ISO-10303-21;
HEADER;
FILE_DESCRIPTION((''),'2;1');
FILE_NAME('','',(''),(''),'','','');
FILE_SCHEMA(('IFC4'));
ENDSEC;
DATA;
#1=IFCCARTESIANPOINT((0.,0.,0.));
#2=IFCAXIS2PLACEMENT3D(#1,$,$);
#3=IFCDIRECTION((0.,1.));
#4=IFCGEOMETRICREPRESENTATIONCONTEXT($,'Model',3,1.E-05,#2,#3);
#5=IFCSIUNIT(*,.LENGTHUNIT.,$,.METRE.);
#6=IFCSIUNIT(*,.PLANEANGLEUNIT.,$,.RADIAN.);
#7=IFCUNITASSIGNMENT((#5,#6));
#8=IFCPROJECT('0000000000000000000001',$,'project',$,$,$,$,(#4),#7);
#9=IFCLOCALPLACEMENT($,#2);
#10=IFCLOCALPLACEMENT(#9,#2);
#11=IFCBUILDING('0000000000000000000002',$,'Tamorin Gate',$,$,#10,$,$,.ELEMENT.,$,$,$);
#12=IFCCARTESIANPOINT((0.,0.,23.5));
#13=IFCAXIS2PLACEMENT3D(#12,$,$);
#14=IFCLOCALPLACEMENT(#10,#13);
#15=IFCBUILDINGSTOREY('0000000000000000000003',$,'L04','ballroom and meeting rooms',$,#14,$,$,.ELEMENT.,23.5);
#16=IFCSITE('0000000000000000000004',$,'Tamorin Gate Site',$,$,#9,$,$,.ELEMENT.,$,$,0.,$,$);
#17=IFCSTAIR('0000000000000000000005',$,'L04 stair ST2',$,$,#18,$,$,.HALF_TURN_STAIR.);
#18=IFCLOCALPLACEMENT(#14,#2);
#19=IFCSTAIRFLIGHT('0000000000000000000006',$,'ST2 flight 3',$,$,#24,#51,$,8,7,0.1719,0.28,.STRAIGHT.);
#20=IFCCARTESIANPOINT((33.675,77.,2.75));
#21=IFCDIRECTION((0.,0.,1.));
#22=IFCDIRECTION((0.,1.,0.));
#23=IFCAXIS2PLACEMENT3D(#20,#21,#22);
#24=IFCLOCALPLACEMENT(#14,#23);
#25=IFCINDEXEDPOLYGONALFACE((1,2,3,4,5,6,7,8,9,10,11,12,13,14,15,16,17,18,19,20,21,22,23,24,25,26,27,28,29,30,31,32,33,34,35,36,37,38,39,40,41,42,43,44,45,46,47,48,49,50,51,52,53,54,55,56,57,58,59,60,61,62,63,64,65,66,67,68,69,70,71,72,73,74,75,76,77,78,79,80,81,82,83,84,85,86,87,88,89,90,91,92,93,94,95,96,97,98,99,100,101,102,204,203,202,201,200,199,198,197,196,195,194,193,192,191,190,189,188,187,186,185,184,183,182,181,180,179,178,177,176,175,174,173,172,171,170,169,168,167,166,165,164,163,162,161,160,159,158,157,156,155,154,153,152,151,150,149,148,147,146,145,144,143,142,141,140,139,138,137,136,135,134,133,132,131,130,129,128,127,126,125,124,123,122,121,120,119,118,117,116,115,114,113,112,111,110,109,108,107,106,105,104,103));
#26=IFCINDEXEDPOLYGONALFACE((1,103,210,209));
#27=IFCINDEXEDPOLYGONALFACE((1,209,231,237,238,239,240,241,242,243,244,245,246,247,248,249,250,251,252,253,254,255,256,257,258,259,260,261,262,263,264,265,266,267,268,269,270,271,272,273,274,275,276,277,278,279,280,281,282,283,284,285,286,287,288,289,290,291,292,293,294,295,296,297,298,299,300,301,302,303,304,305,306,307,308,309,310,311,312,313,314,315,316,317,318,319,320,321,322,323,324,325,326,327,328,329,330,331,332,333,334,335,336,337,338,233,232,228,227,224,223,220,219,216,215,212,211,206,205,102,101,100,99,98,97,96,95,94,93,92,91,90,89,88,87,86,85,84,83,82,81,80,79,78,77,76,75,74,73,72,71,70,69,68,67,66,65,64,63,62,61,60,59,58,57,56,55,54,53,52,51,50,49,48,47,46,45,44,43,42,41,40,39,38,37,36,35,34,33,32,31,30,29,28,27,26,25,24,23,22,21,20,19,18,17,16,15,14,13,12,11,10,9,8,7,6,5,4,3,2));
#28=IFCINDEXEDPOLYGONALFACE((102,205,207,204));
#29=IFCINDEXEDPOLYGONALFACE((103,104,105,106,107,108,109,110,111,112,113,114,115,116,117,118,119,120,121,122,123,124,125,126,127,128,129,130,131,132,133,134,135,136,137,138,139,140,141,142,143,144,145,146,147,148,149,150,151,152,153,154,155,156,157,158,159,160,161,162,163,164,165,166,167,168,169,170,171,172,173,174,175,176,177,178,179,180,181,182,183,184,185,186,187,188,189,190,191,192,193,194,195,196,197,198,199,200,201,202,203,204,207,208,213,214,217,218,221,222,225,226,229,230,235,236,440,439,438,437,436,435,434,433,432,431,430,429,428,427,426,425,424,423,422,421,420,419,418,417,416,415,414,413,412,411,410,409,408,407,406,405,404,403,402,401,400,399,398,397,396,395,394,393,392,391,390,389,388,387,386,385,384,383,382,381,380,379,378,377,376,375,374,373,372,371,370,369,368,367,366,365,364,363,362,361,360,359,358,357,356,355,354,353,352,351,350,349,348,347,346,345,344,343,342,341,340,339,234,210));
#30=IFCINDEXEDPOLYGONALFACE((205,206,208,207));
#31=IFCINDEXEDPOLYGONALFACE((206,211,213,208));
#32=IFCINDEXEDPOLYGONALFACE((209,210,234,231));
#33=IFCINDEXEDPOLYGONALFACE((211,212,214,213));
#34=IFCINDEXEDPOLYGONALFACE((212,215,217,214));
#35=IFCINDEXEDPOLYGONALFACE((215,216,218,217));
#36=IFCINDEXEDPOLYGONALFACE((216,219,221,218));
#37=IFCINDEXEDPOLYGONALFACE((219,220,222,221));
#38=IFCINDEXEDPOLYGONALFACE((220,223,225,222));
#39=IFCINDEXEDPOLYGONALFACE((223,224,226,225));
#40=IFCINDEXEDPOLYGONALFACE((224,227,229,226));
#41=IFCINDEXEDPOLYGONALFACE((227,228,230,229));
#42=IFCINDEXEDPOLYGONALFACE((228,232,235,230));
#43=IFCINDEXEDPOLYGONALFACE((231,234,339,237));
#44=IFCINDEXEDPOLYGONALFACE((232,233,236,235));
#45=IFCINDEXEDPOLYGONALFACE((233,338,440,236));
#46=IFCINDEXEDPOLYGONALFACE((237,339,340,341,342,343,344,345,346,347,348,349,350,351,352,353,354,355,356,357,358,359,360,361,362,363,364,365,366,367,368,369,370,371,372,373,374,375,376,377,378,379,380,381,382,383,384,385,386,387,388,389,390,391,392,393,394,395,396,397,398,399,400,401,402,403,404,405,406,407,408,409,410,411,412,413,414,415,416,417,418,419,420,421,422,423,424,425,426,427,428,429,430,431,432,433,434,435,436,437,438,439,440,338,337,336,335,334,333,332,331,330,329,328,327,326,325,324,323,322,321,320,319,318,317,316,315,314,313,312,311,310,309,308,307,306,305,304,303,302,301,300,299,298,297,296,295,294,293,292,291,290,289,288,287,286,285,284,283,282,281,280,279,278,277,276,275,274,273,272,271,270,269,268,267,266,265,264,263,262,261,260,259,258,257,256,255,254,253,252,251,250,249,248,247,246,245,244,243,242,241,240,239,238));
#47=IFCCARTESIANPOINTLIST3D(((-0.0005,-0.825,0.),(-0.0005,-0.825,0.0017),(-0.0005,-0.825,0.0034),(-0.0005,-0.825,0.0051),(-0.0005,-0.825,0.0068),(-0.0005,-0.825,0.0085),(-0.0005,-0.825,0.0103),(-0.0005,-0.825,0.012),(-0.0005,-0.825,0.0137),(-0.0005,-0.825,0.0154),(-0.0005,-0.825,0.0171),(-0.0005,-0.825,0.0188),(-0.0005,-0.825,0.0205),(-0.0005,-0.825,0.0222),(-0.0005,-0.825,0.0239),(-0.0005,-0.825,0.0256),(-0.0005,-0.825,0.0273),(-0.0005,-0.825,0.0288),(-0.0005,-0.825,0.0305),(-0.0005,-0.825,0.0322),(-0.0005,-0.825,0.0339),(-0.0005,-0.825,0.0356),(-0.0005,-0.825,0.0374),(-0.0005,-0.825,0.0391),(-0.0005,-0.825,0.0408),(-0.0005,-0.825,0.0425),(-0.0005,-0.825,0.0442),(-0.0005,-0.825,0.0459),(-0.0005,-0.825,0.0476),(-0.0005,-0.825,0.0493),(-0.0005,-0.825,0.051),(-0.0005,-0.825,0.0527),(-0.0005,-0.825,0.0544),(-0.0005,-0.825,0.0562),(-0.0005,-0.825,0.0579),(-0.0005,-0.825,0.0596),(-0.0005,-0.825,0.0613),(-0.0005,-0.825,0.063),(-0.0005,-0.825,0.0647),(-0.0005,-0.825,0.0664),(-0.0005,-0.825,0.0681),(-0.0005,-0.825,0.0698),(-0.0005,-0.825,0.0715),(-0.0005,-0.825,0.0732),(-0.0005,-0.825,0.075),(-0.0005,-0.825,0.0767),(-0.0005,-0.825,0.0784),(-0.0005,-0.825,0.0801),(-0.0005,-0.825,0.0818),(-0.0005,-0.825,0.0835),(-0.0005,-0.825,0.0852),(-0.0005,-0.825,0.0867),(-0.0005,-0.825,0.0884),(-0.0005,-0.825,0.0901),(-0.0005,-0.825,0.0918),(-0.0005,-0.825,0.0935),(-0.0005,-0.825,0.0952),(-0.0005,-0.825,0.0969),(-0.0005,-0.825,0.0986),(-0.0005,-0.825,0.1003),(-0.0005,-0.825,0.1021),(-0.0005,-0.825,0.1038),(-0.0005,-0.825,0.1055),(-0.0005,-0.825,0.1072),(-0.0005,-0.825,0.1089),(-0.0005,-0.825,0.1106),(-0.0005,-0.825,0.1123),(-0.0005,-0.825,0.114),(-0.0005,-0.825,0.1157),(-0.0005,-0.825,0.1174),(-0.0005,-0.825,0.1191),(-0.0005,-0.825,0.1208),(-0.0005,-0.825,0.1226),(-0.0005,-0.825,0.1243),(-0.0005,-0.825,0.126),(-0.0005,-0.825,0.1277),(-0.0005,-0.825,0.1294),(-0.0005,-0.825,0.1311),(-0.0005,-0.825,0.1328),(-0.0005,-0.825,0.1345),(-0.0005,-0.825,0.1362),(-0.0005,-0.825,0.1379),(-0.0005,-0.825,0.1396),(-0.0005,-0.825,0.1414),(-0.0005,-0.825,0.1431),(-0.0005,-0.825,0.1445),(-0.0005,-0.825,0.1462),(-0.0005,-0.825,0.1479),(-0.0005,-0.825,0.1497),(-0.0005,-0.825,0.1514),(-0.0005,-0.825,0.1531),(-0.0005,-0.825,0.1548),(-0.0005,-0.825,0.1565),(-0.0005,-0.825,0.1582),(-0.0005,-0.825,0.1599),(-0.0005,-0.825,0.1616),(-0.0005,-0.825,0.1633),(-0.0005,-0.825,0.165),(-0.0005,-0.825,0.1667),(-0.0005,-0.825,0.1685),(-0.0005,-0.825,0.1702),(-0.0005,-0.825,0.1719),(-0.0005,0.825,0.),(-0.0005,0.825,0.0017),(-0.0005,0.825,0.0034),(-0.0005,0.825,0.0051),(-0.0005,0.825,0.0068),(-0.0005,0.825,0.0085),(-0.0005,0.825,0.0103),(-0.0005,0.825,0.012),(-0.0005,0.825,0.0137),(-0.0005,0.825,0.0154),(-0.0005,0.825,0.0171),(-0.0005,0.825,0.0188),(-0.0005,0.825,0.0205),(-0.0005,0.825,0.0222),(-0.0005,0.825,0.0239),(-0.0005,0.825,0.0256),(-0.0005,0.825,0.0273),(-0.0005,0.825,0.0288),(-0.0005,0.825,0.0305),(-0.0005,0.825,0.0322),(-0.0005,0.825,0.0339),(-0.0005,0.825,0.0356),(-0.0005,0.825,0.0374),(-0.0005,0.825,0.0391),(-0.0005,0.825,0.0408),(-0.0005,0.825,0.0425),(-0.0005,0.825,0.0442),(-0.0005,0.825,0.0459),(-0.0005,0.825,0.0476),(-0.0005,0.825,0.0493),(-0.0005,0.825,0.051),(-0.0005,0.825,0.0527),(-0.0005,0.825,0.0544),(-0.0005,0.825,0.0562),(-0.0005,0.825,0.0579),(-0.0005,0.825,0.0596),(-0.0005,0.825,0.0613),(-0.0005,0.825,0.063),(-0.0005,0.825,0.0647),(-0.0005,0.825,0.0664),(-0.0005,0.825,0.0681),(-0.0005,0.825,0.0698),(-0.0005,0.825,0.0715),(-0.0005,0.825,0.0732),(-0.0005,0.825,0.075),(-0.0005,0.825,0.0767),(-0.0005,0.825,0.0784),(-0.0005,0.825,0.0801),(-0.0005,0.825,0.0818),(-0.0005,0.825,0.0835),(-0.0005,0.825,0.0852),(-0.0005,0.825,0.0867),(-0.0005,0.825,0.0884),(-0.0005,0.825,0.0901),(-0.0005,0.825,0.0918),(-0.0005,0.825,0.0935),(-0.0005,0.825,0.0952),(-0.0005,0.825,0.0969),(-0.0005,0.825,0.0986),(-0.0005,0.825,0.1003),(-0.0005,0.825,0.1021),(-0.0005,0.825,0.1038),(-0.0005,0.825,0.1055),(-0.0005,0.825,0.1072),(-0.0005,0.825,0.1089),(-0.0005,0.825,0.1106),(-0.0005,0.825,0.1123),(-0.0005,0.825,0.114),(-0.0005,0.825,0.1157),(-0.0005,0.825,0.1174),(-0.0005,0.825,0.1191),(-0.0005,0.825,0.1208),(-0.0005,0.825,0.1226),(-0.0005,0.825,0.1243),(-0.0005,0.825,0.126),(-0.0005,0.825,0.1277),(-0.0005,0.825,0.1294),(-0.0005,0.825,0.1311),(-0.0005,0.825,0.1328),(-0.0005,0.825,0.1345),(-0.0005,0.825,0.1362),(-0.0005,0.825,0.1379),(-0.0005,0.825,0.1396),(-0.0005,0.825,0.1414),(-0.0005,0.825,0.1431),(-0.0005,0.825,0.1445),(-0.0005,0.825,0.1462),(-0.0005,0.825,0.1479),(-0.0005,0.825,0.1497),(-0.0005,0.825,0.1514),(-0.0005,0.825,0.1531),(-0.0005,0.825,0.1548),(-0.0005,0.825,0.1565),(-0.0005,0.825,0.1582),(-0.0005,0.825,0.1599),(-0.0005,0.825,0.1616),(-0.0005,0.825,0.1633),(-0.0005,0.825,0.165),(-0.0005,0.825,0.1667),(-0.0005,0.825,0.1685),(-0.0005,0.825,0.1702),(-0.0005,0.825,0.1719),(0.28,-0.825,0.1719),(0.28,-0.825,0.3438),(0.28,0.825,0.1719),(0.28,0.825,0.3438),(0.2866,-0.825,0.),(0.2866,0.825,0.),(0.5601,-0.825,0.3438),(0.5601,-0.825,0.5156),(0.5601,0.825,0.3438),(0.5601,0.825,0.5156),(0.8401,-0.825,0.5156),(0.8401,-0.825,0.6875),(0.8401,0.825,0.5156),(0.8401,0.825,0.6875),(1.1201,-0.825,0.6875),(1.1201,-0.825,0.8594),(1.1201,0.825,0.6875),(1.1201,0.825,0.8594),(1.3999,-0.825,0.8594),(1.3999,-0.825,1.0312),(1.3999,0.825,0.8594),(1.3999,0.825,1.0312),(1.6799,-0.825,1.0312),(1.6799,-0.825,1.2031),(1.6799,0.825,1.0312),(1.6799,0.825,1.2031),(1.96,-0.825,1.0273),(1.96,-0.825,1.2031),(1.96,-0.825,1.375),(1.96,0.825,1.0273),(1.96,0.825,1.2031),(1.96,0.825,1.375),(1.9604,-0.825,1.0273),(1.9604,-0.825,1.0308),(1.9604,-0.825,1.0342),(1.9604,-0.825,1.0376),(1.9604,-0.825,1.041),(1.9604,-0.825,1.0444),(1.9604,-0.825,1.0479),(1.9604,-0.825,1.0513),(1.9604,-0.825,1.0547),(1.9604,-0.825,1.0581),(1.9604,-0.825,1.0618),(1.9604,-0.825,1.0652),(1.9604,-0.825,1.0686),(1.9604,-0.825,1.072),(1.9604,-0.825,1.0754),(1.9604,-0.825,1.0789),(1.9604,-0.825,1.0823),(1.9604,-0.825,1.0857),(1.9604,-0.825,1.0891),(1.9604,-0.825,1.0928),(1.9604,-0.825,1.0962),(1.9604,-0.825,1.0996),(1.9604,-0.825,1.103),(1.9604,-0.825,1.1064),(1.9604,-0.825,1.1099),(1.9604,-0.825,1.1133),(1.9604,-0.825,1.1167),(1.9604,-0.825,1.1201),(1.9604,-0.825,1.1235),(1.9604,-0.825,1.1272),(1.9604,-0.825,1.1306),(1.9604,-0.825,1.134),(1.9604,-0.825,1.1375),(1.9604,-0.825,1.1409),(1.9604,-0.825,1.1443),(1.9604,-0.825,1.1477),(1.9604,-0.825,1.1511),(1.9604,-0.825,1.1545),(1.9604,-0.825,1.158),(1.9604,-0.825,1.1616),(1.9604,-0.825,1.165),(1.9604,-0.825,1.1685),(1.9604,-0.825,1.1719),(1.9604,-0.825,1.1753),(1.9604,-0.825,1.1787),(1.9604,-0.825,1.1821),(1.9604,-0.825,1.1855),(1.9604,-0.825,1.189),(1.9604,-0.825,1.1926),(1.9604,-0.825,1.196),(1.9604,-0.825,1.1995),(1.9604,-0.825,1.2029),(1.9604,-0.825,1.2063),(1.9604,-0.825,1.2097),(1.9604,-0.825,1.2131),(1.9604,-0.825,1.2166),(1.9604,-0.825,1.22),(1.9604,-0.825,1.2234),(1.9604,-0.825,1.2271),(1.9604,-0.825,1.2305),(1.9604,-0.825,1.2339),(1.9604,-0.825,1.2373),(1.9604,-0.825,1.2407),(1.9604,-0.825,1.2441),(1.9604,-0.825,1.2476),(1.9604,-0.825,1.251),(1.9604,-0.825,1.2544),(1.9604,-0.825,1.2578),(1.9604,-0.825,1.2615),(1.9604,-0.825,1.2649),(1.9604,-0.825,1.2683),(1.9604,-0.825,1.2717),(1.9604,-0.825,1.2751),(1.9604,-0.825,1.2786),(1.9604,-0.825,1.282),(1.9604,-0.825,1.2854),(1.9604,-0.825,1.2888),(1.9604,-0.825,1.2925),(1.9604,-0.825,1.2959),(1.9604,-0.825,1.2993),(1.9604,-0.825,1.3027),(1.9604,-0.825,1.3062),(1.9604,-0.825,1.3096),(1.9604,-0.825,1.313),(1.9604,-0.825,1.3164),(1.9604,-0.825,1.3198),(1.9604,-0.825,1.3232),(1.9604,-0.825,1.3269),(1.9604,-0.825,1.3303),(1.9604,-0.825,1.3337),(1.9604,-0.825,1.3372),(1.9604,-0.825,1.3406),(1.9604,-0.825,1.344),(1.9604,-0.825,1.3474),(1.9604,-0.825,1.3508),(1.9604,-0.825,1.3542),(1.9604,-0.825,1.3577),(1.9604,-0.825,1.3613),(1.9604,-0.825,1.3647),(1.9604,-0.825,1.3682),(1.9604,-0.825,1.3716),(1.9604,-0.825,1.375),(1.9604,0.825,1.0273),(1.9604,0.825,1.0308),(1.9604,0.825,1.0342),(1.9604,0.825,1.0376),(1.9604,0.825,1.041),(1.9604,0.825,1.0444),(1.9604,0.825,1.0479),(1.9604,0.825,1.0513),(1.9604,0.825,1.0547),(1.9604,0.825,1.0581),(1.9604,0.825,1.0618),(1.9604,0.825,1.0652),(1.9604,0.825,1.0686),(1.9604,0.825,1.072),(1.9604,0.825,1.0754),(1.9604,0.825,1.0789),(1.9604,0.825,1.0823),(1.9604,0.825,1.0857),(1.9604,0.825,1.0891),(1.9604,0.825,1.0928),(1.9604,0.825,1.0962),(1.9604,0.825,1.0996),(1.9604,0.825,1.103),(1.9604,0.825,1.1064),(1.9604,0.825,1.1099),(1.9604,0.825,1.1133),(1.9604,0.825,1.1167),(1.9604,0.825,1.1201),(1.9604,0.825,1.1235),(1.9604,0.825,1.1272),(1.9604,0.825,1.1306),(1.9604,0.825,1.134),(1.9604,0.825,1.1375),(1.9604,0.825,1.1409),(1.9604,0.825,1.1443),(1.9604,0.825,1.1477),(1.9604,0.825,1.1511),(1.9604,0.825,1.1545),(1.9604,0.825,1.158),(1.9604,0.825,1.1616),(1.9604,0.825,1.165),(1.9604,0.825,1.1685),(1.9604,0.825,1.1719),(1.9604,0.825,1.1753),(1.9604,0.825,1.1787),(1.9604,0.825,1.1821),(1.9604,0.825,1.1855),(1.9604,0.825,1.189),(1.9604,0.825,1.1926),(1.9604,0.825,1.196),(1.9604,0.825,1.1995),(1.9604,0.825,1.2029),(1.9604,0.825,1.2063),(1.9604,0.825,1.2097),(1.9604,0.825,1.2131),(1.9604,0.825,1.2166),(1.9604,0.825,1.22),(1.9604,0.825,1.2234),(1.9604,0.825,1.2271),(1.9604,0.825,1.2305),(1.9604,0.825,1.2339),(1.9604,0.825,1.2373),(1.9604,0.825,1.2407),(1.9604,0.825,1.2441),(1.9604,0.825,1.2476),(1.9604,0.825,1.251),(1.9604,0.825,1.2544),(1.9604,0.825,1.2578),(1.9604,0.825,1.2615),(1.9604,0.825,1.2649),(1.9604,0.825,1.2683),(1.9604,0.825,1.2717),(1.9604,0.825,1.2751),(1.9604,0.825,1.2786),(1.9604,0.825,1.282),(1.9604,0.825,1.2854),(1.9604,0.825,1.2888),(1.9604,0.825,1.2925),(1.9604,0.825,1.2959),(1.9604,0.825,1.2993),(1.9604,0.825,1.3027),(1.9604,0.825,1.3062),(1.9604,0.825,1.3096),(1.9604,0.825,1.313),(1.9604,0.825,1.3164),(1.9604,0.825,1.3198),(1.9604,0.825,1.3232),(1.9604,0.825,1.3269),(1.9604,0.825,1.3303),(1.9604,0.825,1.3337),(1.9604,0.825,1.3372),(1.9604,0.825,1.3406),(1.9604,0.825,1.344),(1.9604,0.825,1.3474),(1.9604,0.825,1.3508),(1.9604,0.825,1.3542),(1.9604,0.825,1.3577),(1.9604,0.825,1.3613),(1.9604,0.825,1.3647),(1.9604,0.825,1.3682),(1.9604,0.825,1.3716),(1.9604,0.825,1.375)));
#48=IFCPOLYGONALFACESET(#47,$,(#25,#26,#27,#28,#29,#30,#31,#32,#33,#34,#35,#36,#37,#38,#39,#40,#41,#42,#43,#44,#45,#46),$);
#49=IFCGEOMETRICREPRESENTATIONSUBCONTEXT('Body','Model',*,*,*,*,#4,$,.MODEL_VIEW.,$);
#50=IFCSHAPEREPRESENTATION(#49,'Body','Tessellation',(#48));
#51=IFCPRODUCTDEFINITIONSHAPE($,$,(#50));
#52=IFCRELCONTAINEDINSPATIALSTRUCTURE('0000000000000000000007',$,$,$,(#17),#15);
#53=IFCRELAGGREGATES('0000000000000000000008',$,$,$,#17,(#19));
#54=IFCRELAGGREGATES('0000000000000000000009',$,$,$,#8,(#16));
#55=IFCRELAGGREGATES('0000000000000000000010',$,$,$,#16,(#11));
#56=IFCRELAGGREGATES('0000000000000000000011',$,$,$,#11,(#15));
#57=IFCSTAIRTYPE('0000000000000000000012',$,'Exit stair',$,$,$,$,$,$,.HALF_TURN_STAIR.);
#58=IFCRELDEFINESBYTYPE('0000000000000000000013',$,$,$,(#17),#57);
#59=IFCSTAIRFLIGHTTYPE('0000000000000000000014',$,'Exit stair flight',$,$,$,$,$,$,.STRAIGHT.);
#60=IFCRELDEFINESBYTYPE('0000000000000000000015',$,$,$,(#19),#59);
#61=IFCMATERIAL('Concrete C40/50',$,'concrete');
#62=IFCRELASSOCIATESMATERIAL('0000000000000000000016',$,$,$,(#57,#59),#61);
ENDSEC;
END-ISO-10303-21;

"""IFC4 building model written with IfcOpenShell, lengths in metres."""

from ifc_helpers import new_model, si_unit, direction, frame, origin, place, context, subcontext, project, spatial, polyline, outline, extrude, material, type_object, element, aggregate, save


model = new_model("IFC4")

# Units and contexts
model_context = context("Model", 3, precision=1e-05, world=origin(), true_north=direction((0.0, 1.0)))
body_context = subcontext(model_context, "Body", "Model", "MODEL_VIEW")
ifc_project = project(units=[si_unit("LENGTHUNIT", "METRE"), si_unit("PLANEANGLEUNIT", "RADIAN")], contexts=[model_context])

# Site, building, storey
site_placement = place(None, origin())
site = spatial("IfcSite", under=ifc_project, at=site_placement, Name="Tamorin Gate Site", CompositionType="ELEMENT", RefElevation=0.0)
building_placement = place(site_placement, origin())
building = spatial("IfcBuilding", under=site, at=building_placement, Name="Tamorin Gate", CompositionType="ELEMENT")
storey_placement = place(building_placement, frame((0.0, 0.0, 23.5)))
storey = spatial("IfcBuildingStorey", under=building, at=storey_placement, Name="L04", Description="ballroom and meeting rooms", CompositionType="ELEMENT", Elevation=23.5)

# Shared definitions
ifc_material_1 = material(Name="Concrete C40/50", Category="concrete")

# Stair, stair flight
stair_type = type_object("IfcStairType", Name="Exit stair", PredefinedType="HALF_TURN_STAIR", material=ifc_material_1)
stair_flight_type = type_object("IfcStairFlightType", Name="Exit stair flight", PredefinedType="STRAIGHT", material=ifc_material_1)
stair_1_placement = place(storey_placement, origin())
stair_1 = element("IfcStair", 1, at=stair_1_placement, inside=storey, type_object=stair_type, Name="L04 stair ST2", PredefinedType="HALF_TURN_STAIR")
stair_flight_1_placement = place(storey_placement, frame((33.675, 77.0, 2.75), z_axis=(0.0, 0.0, 1.0), x_axis=(0.0, 1.0, 0.0)))
stair_flight_1 = element("IfcStairFlight", 2, at=stair_flight_1_placement, type_object=stair_flight_type, Name="ST2 flight 3", NumberOfRisers=8, NumberOfTreads=7, PredefinedType="STRAIGHT", RiserHeight=0.1719, TreadLength=0.28, context=body_context, shape_type="SweptSolid", body=[
    extrude(outline(polyline([(-0.0005, 0.0), (-0.0005, 0.0017), (-0.0005, 0.0034), (-0.0005, 0.0051), (-0.0005, 0.0068), (-0.0005, 0.0085), (-0.0005, 0.0103), (-0.0005, 0.012), (-0.0005, 0.0137), (-0.0005, 0.0154), (-0.0005, 0.0171), (-0.0005, 0.0188), (-0.0005, 0.0205), (-0.0005, 0.0222), (-0.0005, 0.0239), (-0.0005, 0.0256), (-0.0005, 0.0273), (-0.0005, 0.0288), (-0.0005, 0.0305), (-0.0005, 0.0322), (-0.0005, 0.0339), (-0.0005, 0.0356), (-0.0005, 0.0374), (-0.0005, 0.0391), (-0.0005, 0.0408), (-0.0005, 0.0425), (-0.0005, 0.0442), (-0.0005, 0.0459), (-0.0005, 0.0476), (-0.0005, 0.0493), (-0.0005, 0.051), (-0.0005, 0.0527), (-0.0005, 0.0544), (-0.0005, 0.0562), (-0.0005, 0.0579), (-0.0005, 0.0596), (-0.0005, 0.0613), (-0.0005, 0.063), (-0.0005, 0.0647), (-0.0005, 0.0664), (-0.0005, 0.0681), (-0.0005, 0.0698), (-0.0005, 0.0715), (-0.0005, 0.0732), (-0.0005, 0.075), (-0.0005, 0.0767), (-0.0005, 0.0784), (-0.0005, 0.0801), (-0.0005, 0.0818), (-0.0005, 0.0835), (-0.0005, 0.0852), (-0.0005, 0.0867), (-0.0005, 0.0884), (-0.0005, 0.0901), (-0.0005, 0.0918), (-0.0005, 0.0935), (-0.0005, 0.0952), (-0.0005, 0.0969), (-0.0005, 0.0986), (-0.0005, 0.1003), (-0.0005, 0.1021), (-0.0005, 0.1038), (-0.0005, 0.1055), (-0.0005, 0.1072), (-0.0005, 0.1089), (-0.0005, 0.1106), (-0.0005, 0.1123), (-0.0005, 0.114), (-0.0005, 0.1157), (-0.0005, 0.1174), (-0.0005, 0.1191), (-0.0005, 0.1208), (-0.0005, 0.1226), (-0.0005, 0.1243), (-0.0005, 0.126), (-0.0005, 0.1277), (-0.0005, 0.1294), (-0.0005, 0.1311), (-0.0005, 0.1328), (-0.0005, 0.1345), (-0.0005, 0.1362), (-0.0005, 0.1379), (-0.0005, 0.1396), (-0.0005, 0.1414), (-0.0005, 0.1431), (-0.0005, 0.1445), (-0.0005, 0.1462), (-0.0005, 0.1479), (-0.0005, 0.1497), (-0.0005, 0.1514), (-0.0005, 0.1531), (-0.0005, 0.1548), (-0.0005, 0.1565), (-0.0005, 0.1582), (-0.0005, 0.1599), (-0.0005, 0.1616), (-0.0005, 0.1633), (-0.0005, 0.165), (-0.0005, 0.1667), (-0.0005, 0.1685), (-0.0005, 0.1702), (-0.0005, 0.1719), (0.28, 0.1719), (0.28, 0.3438), (0.5601, 0.3438), (0.5601, 0.5156), (0.8401, 0.5156), (0.8401, 0.6875), (1.1201, 0.6875), (1.1201, 0.8594), (1.3999, 0.8594), (1.3999, 1.0312), (1.6799, 1.0312), (1.6799, 1.2031), (1.96, 1.2031), (1.96, 1.375), (1.9604, 1.375), (1.9604, 1.3716), (1.9604, 1.3682), (1.9604, 1.3647), (1.9604, 1.3613), (1.9604, 1.3577), (1.9604, 1.3542), (1.9604, 1.3508), (1.9604, 1.3474), (1.9604, 1.344), (1.9604, 1.3406), (1.9604, 1.3372), (1.9604, 1.3337), (1.9604, 1.3303), (1.9604, 1.3269), (1.9604, 1.3232), (1.9604, 1.3198), (1.9604, 1.3164), (1.9604, 1.313), (1.9604, 1.3096), (1.9604, 1.3062), (1.9604, 1.3027), (1.9604, 1.2993), (1.9604, 1.2959), (1.9604, 1.2925), (1.9604, 1.2888), (1.9604, 1.2854), (1.9604, 1.282), (1.9604, 1.2786), (1.9604, 1.2751), (1.9604, 1.2717), (1.9604, 1.2683), (1.9604, 1.2649), (1.9604, 1.2615), (1.9604, 1.2578), (1.9604, 1.2544), (1.9604, 1.251), (1.9604, 1.2476), (1.9604, 1.2441), (1.9604, 1.2407), (1.9604, 1.2373), (1.9604, 1.2339), (1.9604, 1.2305), (1.9604, 1.2271), (1.9604, 1.2234), (1.9604, 1.22), (1.9604, 1.2166), (1.9604, 1.2131), (1.9604, 1.2097), (1.9604, 1.2063), (1.9604, 1.2029), (1.9604, 1.1995), (1.9604, 1.196), (1.9604, 1.1926), (1.9604, 1.189), (1.9604, 1.1855), (1.9604, 1.1821), (1.9604, 1.1787), (1.9604, 1.1753), (1.9604, 1.1719), (1.9604, 1.1685), (1.9604, 1.165), (1.9604, 1.1616), (1.9604, 1.158), (1.9604, 1.1545), (1.9604, 1.1511), (1.9604, 1.1477), (1.9604, 1.1443), (1.9604, 1.1409), (1.9604, 1.1375), (1.9604, 1.134), (1.9604, 1.1306), (1.9604, 1.1272), (1.9604, 1.1235), (1.9604, 1.1201), (1.9604, 1.1167), (1.9604, 1.1133), (1.9604, 1.1099), (1.9604, 1.1064), (1.9604, 1.103), (1.9604, 1.0996), (1.9604, 1.0962), (1.9604, 1.0928), (1.9604, 1.0891), (1.9604, 1.0857), (1.9604, 1.0823), (1.9604, 1.0789), (1.9604, 1.0754), (1.9604, 1.072), (1.9604, 1.0686), (1.9604, 1.0652), (1.9604, 1.0618), (1.9604, 1.0581), (1.9604, 1.0547), (1.9604, 1.0513), (1.9604, 1.0479), (1.9604, 1.0444), (1.9604, 1.041), (1.9604, 1.0376), (1.9604, 1.0342), (1.9604, 1.0308), (1.9604, 1.0273), (1.96, 1.0273), (0.2866, 0.0), (-0.0005, 0.0)])), frame((0.0, 0.825, 0.0), z_axis=(0.0, -1.0, 0.0), x_axis=(1.0, 0.0, 0.0)), (0.0, 0.0, 1.0), 1.6499),
])
aggregate(stair_1, [stair_flight_1])

save(model, "model.ifc")
